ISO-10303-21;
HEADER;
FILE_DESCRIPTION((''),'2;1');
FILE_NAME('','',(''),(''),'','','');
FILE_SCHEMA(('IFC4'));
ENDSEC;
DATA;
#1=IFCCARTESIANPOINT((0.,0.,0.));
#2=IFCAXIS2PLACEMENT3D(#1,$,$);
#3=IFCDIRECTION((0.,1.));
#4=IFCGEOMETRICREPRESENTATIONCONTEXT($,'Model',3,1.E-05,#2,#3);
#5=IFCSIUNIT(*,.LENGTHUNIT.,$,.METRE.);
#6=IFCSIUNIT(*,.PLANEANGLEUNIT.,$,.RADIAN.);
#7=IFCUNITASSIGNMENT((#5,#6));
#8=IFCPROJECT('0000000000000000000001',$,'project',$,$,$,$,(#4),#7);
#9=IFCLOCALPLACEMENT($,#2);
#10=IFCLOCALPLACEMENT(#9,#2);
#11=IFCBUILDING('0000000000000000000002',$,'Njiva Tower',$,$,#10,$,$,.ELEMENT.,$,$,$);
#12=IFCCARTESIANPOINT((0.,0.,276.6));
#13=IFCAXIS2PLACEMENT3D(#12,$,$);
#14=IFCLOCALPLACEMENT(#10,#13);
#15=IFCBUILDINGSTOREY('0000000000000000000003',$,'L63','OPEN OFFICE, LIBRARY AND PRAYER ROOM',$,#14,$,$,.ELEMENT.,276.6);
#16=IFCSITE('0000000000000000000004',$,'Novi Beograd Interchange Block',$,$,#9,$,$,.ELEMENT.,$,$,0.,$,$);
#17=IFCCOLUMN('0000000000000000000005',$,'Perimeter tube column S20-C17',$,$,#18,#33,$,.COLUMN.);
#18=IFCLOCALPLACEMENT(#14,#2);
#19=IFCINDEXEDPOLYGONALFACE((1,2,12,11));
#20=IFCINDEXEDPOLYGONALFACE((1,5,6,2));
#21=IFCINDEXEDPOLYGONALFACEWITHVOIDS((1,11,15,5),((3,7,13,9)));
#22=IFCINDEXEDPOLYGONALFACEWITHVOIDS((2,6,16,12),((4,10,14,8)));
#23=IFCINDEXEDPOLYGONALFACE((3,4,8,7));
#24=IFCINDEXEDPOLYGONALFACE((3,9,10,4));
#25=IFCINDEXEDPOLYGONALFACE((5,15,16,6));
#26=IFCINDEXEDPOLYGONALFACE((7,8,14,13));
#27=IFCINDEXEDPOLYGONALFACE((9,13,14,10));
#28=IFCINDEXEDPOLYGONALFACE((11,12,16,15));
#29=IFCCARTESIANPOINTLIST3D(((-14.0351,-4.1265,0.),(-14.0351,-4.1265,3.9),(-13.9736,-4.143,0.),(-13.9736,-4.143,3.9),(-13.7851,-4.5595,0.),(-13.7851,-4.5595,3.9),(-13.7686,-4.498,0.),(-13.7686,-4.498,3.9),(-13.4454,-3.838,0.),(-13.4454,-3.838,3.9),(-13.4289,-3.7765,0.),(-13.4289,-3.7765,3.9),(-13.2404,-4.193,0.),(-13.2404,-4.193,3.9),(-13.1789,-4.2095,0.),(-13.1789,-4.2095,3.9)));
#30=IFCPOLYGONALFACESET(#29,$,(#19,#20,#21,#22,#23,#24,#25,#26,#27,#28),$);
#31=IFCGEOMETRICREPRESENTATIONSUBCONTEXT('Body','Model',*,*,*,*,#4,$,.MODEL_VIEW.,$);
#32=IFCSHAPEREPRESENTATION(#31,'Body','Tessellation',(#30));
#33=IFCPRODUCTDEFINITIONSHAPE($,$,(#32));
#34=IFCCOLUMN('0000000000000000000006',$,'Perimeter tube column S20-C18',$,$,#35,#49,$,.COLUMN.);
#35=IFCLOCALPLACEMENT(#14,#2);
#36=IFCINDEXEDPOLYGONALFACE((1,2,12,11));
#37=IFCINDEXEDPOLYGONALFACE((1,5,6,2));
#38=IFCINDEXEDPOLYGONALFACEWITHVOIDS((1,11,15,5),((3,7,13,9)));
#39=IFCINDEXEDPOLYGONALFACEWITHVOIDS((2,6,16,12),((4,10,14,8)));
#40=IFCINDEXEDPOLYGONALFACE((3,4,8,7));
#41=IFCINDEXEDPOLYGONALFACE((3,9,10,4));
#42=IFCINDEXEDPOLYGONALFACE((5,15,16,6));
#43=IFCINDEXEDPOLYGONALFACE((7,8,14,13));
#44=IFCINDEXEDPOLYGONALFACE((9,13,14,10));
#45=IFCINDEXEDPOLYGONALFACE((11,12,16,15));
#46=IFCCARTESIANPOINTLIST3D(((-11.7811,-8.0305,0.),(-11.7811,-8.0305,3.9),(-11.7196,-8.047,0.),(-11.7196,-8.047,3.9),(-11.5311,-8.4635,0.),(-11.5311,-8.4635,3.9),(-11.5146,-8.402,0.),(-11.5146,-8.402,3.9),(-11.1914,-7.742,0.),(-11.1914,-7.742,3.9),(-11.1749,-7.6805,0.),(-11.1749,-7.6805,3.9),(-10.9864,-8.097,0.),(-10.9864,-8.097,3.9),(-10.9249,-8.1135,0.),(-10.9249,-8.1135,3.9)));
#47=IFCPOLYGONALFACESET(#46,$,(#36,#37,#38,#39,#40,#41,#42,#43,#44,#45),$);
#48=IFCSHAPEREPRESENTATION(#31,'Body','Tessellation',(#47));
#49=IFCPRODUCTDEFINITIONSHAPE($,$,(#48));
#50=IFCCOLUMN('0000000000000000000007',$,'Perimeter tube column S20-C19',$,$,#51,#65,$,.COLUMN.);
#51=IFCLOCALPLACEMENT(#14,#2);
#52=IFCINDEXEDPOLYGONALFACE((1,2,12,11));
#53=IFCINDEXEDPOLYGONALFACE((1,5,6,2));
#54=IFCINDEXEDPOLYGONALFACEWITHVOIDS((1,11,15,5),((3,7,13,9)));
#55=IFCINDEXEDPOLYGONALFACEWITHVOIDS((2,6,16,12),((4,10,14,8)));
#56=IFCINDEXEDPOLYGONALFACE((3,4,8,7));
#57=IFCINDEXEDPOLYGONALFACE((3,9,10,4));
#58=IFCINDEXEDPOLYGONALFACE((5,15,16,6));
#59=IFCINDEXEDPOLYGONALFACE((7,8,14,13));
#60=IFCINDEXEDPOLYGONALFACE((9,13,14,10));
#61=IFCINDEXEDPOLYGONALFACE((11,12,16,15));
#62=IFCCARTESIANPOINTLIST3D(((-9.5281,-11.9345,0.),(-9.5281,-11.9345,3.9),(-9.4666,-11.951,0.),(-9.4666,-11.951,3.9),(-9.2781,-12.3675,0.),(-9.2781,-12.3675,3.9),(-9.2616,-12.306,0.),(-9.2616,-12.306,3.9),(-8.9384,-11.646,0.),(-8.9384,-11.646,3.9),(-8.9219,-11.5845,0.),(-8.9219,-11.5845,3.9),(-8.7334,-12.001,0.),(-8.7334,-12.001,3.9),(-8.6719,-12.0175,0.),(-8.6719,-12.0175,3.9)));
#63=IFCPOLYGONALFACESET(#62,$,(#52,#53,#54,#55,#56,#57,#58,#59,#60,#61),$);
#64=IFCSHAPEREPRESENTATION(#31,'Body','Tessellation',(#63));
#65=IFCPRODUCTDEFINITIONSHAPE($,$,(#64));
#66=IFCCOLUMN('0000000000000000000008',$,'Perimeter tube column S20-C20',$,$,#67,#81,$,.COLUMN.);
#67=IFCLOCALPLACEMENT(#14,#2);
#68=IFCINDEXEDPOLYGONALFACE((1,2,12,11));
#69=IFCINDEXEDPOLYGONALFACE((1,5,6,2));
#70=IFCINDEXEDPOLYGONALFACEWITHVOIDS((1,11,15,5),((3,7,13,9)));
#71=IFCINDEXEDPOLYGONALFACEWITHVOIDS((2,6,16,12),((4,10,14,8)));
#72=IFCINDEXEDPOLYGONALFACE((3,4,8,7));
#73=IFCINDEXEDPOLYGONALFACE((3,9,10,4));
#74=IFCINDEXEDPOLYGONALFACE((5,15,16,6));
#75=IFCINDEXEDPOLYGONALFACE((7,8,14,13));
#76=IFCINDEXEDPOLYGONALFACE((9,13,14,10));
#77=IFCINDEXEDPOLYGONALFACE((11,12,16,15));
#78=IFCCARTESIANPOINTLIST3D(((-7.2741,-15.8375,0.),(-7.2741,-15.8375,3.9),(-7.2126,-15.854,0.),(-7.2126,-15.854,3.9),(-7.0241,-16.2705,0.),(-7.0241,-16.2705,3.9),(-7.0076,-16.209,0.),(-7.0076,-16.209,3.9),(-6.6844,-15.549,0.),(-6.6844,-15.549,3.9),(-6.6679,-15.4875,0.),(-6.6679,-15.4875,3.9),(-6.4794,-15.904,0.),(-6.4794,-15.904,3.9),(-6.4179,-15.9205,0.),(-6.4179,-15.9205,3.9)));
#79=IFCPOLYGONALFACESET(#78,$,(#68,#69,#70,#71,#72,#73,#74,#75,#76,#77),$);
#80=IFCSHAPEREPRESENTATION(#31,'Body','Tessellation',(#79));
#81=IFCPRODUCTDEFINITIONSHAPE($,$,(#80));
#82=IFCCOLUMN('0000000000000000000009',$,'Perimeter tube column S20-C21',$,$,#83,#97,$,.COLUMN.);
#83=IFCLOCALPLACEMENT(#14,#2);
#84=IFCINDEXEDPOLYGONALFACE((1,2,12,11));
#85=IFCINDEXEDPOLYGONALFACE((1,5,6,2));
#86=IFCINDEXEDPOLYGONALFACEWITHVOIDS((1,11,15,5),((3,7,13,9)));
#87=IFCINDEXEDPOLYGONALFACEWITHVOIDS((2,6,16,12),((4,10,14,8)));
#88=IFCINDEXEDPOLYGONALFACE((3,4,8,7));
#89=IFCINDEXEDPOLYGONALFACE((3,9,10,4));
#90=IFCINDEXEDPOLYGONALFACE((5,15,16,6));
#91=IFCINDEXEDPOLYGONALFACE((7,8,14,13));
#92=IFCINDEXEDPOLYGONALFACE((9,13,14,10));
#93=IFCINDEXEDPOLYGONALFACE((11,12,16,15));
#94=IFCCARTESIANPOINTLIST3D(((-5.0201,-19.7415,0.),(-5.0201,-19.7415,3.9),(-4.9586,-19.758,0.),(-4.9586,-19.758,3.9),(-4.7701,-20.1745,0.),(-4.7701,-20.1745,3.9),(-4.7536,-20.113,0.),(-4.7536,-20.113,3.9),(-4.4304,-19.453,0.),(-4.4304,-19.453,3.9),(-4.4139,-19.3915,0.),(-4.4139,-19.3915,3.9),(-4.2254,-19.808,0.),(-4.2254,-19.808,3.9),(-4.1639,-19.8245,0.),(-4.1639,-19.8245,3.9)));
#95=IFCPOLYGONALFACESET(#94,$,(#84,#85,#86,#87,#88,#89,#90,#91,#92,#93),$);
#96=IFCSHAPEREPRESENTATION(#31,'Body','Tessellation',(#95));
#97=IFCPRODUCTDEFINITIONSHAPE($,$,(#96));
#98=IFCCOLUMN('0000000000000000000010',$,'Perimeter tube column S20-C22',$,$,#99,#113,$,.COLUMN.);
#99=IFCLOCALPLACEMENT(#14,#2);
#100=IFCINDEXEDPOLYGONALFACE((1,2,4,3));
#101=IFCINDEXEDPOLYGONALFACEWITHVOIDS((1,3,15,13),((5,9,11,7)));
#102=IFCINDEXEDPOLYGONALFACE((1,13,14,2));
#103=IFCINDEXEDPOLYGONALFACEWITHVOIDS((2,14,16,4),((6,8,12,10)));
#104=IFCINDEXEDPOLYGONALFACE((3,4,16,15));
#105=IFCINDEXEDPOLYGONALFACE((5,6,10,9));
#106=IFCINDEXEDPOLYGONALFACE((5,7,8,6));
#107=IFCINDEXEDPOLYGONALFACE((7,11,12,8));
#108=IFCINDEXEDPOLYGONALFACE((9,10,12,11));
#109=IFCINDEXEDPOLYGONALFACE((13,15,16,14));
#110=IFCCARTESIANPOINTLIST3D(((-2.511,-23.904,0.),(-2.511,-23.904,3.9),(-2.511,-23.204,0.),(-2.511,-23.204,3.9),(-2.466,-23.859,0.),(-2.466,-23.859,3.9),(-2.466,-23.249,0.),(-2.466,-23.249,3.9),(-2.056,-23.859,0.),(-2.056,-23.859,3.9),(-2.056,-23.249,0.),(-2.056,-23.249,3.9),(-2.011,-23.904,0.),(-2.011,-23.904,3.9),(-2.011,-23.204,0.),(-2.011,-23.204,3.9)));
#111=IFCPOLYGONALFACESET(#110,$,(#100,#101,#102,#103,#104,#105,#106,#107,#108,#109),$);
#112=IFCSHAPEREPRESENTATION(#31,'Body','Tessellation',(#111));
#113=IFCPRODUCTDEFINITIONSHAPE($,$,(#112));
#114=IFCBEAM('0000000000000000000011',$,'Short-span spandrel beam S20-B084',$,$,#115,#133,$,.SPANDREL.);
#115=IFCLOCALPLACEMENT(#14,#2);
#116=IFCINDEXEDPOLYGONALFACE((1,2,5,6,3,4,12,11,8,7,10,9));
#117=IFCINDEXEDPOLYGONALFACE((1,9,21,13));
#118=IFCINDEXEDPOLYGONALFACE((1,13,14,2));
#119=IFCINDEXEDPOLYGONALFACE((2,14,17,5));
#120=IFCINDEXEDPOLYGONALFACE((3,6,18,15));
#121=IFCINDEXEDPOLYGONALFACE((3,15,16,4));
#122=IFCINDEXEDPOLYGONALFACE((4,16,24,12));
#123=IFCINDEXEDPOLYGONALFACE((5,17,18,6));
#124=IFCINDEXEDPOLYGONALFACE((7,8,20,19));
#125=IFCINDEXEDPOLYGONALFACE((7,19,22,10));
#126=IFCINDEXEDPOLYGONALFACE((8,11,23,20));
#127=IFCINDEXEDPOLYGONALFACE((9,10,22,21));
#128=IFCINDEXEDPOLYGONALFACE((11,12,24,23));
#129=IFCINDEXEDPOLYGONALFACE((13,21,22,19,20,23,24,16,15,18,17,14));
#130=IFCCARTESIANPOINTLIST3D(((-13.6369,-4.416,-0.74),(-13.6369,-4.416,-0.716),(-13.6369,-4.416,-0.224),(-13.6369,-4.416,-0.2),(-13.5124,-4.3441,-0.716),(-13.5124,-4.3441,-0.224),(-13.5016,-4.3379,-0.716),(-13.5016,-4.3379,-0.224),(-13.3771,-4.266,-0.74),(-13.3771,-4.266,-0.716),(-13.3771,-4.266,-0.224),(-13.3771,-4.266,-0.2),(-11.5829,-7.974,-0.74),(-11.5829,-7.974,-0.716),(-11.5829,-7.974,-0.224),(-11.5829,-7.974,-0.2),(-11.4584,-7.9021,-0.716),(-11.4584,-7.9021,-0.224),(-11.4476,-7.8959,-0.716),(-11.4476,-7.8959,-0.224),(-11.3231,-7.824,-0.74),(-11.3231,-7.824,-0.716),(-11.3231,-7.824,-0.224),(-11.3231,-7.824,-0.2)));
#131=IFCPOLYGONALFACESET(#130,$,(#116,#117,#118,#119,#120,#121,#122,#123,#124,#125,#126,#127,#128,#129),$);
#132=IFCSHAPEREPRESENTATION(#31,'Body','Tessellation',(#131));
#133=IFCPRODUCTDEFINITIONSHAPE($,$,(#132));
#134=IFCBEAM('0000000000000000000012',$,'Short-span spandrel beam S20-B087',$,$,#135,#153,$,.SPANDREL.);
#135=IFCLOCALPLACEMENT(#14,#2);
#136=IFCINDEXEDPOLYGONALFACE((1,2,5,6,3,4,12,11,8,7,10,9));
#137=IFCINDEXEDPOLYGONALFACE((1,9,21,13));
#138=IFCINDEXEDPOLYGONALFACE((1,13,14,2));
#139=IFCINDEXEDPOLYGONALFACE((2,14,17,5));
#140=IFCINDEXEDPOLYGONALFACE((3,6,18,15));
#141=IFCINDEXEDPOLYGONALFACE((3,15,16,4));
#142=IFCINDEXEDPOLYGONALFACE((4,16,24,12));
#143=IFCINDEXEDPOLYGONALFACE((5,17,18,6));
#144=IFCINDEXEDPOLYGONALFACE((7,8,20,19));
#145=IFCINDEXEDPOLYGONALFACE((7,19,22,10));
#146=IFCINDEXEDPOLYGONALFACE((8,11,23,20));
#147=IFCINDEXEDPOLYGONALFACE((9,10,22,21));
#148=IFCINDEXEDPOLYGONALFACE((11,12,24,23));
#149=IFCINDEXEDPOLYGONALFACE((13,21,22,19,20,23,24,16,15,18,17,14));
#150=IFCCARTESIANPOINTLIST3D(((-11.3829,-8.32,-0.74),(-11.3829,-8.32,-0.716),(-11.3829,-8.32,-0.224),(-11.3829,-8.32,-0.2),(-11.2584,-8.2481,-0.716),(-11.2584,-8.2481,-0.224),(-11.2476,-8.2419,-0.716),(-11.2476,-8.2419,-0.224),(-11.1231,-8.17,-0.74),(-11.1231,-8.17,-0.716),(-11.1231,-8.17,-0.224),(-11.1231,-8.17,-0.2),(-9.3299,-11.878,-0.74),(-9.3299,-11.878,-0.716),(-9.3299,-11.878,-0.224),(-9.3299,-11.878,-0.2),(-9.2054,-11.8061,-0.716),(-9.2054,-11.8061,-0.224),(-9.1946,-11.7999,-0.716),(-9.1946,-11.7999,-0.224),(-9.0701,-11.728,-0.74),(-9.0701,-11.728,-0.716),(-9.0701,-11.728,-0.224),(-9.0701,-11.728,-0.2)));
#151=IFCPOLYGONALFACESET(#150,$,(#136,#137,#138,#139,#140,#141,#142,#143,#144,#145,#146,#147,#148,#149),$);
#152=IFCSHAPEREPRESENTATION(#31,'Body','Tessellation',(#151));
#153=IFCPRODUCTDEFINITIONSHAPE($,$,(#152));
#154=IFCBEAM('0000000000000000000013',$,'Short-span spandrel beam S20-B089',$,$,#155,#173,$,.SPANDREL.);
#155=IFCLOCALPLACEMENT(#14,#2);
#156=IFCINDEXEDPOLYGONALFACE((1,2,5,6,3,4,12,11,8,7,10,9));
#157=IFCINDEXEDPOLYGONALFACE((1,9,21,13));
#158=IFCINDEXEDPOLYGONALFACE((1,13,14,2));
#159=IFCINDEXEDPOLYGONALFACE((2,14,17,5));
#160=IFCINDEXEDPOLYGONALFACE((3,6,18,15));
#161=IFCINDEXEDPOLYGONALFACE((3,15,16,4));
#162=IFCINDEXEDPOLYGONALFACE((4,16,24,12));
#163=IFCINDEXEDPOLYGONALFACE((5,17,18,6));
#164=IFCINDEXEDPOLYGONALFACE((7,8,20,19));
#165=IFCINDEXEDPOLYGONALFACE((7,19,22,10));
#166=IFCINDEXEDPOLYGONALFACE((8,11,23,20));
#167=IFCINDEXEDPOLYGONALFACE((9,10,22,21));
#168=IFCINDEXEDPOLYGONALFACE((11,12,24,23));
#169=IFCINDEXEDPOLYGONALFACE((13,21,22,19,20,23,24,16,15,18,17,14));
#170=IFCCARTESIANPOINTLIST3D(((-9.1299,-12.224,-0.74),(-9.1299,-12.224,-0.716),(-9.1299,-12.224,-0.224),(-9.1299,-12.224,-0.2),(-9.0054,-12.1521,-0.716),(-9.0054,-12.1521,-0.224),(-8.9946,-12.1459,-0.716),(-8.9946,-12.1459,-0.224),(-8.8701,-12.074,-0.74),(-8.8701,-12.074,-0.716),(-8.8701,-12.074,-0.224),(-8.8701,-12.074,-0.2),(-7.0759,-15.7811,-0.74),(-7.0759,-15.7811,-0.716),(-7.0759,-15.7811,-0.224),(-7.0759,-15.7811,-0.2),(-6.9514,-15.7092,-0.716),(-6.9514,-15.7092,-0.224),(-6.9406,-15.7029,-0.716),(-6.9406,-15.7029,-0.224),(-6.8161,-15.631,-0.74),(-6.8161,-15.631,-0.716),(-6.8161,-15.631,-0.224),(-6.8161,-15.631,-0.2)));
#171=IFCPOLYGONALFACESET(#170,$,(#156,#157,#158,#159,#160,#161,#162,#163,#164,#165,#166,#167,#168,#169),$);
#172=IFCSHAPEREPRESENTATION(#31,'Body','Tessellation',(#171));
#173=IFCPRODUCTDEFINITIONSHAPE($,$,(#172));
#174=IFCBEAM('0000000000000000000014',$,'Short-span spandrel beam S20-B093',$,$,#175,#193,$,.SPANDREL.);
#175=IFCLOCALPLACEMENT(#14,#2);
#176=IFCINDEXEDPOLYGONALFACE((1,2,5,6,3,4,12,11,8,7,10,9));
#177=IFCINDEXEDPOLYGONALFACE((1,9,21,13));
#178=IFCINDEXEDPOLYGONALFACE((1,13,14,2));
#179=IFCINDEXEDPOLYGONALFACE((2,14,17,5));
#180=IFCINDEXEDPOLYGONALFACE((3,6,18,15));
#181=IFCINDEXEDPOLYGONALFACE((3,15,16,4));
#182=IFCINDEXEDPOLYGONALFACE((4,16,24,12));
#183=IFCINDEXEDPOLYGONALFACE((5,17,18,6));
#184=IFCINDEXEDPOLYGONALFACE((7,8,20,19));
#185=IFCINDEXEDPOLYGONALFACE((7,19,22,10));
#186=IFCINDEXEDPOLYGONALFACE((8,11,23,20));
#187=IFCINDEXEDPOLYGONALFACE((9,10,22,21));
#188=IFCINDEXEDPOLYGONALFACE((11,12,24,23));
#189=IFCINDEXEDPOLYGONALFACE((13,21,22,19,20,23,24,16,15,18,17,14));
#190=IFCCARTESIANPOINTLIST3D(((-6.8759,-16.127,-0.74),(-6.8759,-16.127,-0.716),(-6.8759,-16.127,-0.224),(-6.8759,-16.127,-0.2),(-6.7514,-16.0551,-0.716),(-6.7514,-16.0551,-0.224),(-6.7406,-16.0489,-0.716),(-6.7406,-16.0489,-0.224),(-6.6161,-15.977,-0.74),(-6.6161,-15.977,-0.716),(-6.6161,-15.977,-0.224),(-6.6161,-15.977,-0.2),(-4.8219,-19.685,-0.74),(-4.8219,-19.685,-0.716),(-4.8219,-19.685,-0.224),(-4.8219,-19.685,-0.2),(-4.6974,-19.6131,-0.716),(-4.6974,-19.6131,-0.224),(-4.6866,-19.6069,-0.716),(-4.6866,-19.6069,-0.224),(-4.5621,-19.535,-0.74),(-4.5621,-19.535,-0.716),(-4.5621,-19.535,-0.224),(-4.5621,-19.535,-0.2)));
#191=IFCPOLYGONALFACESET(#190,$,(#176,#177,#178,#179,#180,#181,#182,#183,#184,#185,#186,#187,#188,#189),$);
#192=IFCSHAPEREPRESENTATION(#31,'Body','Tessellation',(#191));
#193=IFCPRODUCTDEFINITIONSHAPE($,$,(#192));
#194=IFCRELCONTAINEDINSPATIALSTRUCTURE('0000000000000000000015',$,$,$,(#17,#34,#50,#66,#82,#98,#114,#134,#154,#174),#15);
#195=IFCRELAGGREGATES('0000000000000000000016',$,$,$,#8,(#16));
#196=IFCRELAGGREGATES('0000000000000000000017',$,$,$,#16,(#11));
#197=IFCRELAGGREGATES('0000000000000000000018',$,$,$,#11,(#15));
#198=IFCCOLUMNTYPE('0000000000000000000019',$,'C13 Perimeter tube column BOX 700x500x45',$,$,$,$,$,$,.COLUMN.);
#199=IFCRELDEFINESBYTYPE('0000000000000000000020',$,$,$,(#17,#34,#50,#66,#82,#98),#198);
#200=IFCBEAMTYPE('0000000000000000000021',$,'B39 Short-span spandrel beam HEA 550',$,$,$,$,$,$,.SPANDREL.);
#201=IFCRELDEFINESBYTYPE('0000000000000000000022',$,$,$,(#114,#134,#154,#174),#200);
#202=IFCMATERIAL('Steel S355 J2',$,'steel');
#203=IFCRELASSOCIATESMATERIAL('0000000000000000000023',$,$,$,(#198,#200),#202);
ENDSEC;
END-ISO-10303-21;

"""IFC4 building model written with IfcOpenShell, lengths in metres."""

from ifc_helpers import new_model, si_unit, direction, frame, origin, origin_2d, place, context, subcontext, project, spatial, hollow_rectangle, i_section, extrude, material, material_profile, profile_set, type_object, element, save


model = new_model("IFC4")

# Units and contexts
model_context = context("Model", 3, precision=1e-05, world=origin(), true_north=direction((0.0, 1.0)))
body_context = subcontext(model_context, "Body", "Model", "MODEL_VIEW")
ifc_project = project(units=[si_unit("LENGTHUNIT", "METRE"), si_unit("PLANEANGLEUNIT", "RADIAN")], contexts=[model_context])

# Site, building, storey
site_placement = place(None, origin())
site = spatial("IfcSite", under=ifc_project, at=site_placement, Name="Novi Beograd Interchange Block", CompositionType="ELEMENT", RefElevation=0.0)
building_placement = place(site_placement, origin())
building = spatial("IfcBuilding", under=site, at=building_placement, Name="Njiva Tower", CompositionType="ELEMENT")
storey_placement = place(building_placement, frame((0.0, 0.0, 276.6)))
storey = spatial("IfcBuildingStorey", under=building, at=storey_placement, Name="L63", Description="OPEN OFFICE, LIBRARY AND PRAYER ROOM", CompositionType="ELEMENT", Elevation=276.6)

# Columns
ifc_material_1 = material(Name="Steel S355 J2", Category="steel")
ifc_material_profile_1 = material_profile(ifc_material_1, hollow_rectangle(XDim=0.5, YDim=0.7, WallThickness=0.045, at=origin_2d()), Name="BOX 700x500x45")
ifc_profile_set_1 = profile_set([ifc_material_profile_1], Name="Steel S355 J2")
column_type = type_object("IfcColumnType", Name="C13 Perimeter tube column BOX 700x500x45", PredefinedType="COLUMN", material=ifc_profile_set_1)
for number, where, z_axis, x_axis, name in (
    (1, (-13.607, -4.168, 0.0), (0.0, 0.0, 1.0), (0.5, -0.866025, 0.0), "Perimeter tube column S20-C17"),
    (2, (-11.353, -8.072, 0.0), (0.0, 0.0, 1.0), (0.5, -0.866025, 0.0), "Perimeter tube column S20-C18"),
    (3, (-9.1, -11.976, 0.0), (0.0, 0.0, 1.0), (0.5, -0.866025, 0.0), "Perimeter tube column S20-C19"),
    (4, (-6.846, -15.879, 0.0), (0.0, 0.0, 1.0), (0.5, -0.866025, 0.0), "Perimeter tube column S20-C20"),
    (5, (-4.592, -19.783, 0.0), (0.0, 0.0, 1.0), (0.5, -0.866025, 0.0), "Perimeter tube column S20-C21"),
    (6, (-2.261, -23.554, 0.0), (0.0, 0.0, 1.0), (1.0, 0.0, 0.0), "Perimeter tube column S20-C22"),
):
    element("IfcColumn", number, at=place(storey_placement, frame(where, z_axis=z_axis, x_axis=x_axis)), inside=storey, type_object=column_type, Name=name, PredefinedType="COLUMN", context=body_context, shape_type="SweptSolid", body=[
        extrude(hollow_rectangle(XDim=0.5, YDim=0.7, WallThickness=0.045, at=origin_2d()), origin(), (0.0, 0.0, 1.0), 3.9),
    ])

# Beams
ifc_material_profile_2 = material_profile(ifc_material_1, i_section(OverallWidth=0.3, OverallDepth=0.54, WebThickness=0.0125, FlangeThickness=0.024, at=origin_2d()), Name="HEA 550")
ifc_profile_set_2 = profile_set([ifc_material_profile_2], Name="Steel S355 J2")
beam_type_1 = type_object("IfcBeamType", Name="B39 Short-span spandrel beam HEA 550", PredefinedType="SPANDREL", material=ifc_profile_set_2)
beam_1_placement = place(storey_placement, frame((-13.507, -4.341, -0.47), z_axis=(0.499961, -0.866048, 0.0), x_axis=(0.866048, 0.499961, 0.0)))
element("IfcBeam", 7, at=beam_1_placement, inside=storey, type_object=beam_type_1, Name="Short-span spandrel beam S20-B084", PredefinedType="SPANDREL", context=body_context, shape_type="SweptSolid", body=[
    extrude(i_section(OverallWidth=0.3, OverallDepth=0.54, WebThickness=0.0125, FlangeThickness=0.024, at=origin_2d()), origin(), (0.0, 0.0, 1.0), 4.1083),
])
beam_2_placement = place(storey_placement, frame((-11.253, -8.245, -0.47), z_axis=(0.499779, -0.866153, 0.0), x_axis=(0.866153, 0.499779, 0.0)))
element("IfcBeam", 8, at=beam_2_placement, inside=storey, type_object=beam_type_1, Name="Short-span spandrel beam S20-B087", PredefinedType="SPANDREL", context=body_context, shape_type="SweptSolid", body=[
    extrude(i_section(OverallWidth=0.3, OverallDepth=0.54, WebThickness=0.0125, FlangeThickness=0.024, at=origin_2d()), origin(), (0.0, 0.0, 1.0), 4.1078),
])
beam_3_placement = place(storey_placement, frame((-9.0, -12.149, -0.47), z_axis=(0.500067, -0.865987, 0.0), x_axis=(0.865987, 0.500067, 0.0)))
element("IfcBeam", 9, at=beam_3_placement, inside=storey, type_object=beam_type_1, Name="Short-span spandrel beam S20-B089", PredefinedType="SPANDREL", context=body_context, shape_type="SweptSolid", body=[
    extrude(i_section(OverallWidth=0.3, OverallDepth=0.54, WebThickness=0.0125, FlangeThickness=0.024, at=origin_2d()), origin(), (0.0, 0.0, 1.0), 4.1075),
])
beam_4_placement = place(storey_placement, frame((-6.746, -16.052, -0.47), z_axis=(0.499961, -0.866048, 0.0), x_axis=(0.866048, 0.499961, 0.0)))
element("IfcBeam", 10, at=beam_4_placement, inside=storey, type_object=beam_type_1, Name="Short-span spandrel beam S20-B093", PredefinedType="SPANDREL", context=body_context, shape_type="SweptSolid", body=[
    extrude(i_section(OverallWidth=0.3, OverallDepth=0.54, WebThickness=0.0125, FlangeThickness=0.024, at=origin_2d()), origin(), (0.0, 0.0, 1.0), 4.1083),
])

save(model, "model.ifc")
